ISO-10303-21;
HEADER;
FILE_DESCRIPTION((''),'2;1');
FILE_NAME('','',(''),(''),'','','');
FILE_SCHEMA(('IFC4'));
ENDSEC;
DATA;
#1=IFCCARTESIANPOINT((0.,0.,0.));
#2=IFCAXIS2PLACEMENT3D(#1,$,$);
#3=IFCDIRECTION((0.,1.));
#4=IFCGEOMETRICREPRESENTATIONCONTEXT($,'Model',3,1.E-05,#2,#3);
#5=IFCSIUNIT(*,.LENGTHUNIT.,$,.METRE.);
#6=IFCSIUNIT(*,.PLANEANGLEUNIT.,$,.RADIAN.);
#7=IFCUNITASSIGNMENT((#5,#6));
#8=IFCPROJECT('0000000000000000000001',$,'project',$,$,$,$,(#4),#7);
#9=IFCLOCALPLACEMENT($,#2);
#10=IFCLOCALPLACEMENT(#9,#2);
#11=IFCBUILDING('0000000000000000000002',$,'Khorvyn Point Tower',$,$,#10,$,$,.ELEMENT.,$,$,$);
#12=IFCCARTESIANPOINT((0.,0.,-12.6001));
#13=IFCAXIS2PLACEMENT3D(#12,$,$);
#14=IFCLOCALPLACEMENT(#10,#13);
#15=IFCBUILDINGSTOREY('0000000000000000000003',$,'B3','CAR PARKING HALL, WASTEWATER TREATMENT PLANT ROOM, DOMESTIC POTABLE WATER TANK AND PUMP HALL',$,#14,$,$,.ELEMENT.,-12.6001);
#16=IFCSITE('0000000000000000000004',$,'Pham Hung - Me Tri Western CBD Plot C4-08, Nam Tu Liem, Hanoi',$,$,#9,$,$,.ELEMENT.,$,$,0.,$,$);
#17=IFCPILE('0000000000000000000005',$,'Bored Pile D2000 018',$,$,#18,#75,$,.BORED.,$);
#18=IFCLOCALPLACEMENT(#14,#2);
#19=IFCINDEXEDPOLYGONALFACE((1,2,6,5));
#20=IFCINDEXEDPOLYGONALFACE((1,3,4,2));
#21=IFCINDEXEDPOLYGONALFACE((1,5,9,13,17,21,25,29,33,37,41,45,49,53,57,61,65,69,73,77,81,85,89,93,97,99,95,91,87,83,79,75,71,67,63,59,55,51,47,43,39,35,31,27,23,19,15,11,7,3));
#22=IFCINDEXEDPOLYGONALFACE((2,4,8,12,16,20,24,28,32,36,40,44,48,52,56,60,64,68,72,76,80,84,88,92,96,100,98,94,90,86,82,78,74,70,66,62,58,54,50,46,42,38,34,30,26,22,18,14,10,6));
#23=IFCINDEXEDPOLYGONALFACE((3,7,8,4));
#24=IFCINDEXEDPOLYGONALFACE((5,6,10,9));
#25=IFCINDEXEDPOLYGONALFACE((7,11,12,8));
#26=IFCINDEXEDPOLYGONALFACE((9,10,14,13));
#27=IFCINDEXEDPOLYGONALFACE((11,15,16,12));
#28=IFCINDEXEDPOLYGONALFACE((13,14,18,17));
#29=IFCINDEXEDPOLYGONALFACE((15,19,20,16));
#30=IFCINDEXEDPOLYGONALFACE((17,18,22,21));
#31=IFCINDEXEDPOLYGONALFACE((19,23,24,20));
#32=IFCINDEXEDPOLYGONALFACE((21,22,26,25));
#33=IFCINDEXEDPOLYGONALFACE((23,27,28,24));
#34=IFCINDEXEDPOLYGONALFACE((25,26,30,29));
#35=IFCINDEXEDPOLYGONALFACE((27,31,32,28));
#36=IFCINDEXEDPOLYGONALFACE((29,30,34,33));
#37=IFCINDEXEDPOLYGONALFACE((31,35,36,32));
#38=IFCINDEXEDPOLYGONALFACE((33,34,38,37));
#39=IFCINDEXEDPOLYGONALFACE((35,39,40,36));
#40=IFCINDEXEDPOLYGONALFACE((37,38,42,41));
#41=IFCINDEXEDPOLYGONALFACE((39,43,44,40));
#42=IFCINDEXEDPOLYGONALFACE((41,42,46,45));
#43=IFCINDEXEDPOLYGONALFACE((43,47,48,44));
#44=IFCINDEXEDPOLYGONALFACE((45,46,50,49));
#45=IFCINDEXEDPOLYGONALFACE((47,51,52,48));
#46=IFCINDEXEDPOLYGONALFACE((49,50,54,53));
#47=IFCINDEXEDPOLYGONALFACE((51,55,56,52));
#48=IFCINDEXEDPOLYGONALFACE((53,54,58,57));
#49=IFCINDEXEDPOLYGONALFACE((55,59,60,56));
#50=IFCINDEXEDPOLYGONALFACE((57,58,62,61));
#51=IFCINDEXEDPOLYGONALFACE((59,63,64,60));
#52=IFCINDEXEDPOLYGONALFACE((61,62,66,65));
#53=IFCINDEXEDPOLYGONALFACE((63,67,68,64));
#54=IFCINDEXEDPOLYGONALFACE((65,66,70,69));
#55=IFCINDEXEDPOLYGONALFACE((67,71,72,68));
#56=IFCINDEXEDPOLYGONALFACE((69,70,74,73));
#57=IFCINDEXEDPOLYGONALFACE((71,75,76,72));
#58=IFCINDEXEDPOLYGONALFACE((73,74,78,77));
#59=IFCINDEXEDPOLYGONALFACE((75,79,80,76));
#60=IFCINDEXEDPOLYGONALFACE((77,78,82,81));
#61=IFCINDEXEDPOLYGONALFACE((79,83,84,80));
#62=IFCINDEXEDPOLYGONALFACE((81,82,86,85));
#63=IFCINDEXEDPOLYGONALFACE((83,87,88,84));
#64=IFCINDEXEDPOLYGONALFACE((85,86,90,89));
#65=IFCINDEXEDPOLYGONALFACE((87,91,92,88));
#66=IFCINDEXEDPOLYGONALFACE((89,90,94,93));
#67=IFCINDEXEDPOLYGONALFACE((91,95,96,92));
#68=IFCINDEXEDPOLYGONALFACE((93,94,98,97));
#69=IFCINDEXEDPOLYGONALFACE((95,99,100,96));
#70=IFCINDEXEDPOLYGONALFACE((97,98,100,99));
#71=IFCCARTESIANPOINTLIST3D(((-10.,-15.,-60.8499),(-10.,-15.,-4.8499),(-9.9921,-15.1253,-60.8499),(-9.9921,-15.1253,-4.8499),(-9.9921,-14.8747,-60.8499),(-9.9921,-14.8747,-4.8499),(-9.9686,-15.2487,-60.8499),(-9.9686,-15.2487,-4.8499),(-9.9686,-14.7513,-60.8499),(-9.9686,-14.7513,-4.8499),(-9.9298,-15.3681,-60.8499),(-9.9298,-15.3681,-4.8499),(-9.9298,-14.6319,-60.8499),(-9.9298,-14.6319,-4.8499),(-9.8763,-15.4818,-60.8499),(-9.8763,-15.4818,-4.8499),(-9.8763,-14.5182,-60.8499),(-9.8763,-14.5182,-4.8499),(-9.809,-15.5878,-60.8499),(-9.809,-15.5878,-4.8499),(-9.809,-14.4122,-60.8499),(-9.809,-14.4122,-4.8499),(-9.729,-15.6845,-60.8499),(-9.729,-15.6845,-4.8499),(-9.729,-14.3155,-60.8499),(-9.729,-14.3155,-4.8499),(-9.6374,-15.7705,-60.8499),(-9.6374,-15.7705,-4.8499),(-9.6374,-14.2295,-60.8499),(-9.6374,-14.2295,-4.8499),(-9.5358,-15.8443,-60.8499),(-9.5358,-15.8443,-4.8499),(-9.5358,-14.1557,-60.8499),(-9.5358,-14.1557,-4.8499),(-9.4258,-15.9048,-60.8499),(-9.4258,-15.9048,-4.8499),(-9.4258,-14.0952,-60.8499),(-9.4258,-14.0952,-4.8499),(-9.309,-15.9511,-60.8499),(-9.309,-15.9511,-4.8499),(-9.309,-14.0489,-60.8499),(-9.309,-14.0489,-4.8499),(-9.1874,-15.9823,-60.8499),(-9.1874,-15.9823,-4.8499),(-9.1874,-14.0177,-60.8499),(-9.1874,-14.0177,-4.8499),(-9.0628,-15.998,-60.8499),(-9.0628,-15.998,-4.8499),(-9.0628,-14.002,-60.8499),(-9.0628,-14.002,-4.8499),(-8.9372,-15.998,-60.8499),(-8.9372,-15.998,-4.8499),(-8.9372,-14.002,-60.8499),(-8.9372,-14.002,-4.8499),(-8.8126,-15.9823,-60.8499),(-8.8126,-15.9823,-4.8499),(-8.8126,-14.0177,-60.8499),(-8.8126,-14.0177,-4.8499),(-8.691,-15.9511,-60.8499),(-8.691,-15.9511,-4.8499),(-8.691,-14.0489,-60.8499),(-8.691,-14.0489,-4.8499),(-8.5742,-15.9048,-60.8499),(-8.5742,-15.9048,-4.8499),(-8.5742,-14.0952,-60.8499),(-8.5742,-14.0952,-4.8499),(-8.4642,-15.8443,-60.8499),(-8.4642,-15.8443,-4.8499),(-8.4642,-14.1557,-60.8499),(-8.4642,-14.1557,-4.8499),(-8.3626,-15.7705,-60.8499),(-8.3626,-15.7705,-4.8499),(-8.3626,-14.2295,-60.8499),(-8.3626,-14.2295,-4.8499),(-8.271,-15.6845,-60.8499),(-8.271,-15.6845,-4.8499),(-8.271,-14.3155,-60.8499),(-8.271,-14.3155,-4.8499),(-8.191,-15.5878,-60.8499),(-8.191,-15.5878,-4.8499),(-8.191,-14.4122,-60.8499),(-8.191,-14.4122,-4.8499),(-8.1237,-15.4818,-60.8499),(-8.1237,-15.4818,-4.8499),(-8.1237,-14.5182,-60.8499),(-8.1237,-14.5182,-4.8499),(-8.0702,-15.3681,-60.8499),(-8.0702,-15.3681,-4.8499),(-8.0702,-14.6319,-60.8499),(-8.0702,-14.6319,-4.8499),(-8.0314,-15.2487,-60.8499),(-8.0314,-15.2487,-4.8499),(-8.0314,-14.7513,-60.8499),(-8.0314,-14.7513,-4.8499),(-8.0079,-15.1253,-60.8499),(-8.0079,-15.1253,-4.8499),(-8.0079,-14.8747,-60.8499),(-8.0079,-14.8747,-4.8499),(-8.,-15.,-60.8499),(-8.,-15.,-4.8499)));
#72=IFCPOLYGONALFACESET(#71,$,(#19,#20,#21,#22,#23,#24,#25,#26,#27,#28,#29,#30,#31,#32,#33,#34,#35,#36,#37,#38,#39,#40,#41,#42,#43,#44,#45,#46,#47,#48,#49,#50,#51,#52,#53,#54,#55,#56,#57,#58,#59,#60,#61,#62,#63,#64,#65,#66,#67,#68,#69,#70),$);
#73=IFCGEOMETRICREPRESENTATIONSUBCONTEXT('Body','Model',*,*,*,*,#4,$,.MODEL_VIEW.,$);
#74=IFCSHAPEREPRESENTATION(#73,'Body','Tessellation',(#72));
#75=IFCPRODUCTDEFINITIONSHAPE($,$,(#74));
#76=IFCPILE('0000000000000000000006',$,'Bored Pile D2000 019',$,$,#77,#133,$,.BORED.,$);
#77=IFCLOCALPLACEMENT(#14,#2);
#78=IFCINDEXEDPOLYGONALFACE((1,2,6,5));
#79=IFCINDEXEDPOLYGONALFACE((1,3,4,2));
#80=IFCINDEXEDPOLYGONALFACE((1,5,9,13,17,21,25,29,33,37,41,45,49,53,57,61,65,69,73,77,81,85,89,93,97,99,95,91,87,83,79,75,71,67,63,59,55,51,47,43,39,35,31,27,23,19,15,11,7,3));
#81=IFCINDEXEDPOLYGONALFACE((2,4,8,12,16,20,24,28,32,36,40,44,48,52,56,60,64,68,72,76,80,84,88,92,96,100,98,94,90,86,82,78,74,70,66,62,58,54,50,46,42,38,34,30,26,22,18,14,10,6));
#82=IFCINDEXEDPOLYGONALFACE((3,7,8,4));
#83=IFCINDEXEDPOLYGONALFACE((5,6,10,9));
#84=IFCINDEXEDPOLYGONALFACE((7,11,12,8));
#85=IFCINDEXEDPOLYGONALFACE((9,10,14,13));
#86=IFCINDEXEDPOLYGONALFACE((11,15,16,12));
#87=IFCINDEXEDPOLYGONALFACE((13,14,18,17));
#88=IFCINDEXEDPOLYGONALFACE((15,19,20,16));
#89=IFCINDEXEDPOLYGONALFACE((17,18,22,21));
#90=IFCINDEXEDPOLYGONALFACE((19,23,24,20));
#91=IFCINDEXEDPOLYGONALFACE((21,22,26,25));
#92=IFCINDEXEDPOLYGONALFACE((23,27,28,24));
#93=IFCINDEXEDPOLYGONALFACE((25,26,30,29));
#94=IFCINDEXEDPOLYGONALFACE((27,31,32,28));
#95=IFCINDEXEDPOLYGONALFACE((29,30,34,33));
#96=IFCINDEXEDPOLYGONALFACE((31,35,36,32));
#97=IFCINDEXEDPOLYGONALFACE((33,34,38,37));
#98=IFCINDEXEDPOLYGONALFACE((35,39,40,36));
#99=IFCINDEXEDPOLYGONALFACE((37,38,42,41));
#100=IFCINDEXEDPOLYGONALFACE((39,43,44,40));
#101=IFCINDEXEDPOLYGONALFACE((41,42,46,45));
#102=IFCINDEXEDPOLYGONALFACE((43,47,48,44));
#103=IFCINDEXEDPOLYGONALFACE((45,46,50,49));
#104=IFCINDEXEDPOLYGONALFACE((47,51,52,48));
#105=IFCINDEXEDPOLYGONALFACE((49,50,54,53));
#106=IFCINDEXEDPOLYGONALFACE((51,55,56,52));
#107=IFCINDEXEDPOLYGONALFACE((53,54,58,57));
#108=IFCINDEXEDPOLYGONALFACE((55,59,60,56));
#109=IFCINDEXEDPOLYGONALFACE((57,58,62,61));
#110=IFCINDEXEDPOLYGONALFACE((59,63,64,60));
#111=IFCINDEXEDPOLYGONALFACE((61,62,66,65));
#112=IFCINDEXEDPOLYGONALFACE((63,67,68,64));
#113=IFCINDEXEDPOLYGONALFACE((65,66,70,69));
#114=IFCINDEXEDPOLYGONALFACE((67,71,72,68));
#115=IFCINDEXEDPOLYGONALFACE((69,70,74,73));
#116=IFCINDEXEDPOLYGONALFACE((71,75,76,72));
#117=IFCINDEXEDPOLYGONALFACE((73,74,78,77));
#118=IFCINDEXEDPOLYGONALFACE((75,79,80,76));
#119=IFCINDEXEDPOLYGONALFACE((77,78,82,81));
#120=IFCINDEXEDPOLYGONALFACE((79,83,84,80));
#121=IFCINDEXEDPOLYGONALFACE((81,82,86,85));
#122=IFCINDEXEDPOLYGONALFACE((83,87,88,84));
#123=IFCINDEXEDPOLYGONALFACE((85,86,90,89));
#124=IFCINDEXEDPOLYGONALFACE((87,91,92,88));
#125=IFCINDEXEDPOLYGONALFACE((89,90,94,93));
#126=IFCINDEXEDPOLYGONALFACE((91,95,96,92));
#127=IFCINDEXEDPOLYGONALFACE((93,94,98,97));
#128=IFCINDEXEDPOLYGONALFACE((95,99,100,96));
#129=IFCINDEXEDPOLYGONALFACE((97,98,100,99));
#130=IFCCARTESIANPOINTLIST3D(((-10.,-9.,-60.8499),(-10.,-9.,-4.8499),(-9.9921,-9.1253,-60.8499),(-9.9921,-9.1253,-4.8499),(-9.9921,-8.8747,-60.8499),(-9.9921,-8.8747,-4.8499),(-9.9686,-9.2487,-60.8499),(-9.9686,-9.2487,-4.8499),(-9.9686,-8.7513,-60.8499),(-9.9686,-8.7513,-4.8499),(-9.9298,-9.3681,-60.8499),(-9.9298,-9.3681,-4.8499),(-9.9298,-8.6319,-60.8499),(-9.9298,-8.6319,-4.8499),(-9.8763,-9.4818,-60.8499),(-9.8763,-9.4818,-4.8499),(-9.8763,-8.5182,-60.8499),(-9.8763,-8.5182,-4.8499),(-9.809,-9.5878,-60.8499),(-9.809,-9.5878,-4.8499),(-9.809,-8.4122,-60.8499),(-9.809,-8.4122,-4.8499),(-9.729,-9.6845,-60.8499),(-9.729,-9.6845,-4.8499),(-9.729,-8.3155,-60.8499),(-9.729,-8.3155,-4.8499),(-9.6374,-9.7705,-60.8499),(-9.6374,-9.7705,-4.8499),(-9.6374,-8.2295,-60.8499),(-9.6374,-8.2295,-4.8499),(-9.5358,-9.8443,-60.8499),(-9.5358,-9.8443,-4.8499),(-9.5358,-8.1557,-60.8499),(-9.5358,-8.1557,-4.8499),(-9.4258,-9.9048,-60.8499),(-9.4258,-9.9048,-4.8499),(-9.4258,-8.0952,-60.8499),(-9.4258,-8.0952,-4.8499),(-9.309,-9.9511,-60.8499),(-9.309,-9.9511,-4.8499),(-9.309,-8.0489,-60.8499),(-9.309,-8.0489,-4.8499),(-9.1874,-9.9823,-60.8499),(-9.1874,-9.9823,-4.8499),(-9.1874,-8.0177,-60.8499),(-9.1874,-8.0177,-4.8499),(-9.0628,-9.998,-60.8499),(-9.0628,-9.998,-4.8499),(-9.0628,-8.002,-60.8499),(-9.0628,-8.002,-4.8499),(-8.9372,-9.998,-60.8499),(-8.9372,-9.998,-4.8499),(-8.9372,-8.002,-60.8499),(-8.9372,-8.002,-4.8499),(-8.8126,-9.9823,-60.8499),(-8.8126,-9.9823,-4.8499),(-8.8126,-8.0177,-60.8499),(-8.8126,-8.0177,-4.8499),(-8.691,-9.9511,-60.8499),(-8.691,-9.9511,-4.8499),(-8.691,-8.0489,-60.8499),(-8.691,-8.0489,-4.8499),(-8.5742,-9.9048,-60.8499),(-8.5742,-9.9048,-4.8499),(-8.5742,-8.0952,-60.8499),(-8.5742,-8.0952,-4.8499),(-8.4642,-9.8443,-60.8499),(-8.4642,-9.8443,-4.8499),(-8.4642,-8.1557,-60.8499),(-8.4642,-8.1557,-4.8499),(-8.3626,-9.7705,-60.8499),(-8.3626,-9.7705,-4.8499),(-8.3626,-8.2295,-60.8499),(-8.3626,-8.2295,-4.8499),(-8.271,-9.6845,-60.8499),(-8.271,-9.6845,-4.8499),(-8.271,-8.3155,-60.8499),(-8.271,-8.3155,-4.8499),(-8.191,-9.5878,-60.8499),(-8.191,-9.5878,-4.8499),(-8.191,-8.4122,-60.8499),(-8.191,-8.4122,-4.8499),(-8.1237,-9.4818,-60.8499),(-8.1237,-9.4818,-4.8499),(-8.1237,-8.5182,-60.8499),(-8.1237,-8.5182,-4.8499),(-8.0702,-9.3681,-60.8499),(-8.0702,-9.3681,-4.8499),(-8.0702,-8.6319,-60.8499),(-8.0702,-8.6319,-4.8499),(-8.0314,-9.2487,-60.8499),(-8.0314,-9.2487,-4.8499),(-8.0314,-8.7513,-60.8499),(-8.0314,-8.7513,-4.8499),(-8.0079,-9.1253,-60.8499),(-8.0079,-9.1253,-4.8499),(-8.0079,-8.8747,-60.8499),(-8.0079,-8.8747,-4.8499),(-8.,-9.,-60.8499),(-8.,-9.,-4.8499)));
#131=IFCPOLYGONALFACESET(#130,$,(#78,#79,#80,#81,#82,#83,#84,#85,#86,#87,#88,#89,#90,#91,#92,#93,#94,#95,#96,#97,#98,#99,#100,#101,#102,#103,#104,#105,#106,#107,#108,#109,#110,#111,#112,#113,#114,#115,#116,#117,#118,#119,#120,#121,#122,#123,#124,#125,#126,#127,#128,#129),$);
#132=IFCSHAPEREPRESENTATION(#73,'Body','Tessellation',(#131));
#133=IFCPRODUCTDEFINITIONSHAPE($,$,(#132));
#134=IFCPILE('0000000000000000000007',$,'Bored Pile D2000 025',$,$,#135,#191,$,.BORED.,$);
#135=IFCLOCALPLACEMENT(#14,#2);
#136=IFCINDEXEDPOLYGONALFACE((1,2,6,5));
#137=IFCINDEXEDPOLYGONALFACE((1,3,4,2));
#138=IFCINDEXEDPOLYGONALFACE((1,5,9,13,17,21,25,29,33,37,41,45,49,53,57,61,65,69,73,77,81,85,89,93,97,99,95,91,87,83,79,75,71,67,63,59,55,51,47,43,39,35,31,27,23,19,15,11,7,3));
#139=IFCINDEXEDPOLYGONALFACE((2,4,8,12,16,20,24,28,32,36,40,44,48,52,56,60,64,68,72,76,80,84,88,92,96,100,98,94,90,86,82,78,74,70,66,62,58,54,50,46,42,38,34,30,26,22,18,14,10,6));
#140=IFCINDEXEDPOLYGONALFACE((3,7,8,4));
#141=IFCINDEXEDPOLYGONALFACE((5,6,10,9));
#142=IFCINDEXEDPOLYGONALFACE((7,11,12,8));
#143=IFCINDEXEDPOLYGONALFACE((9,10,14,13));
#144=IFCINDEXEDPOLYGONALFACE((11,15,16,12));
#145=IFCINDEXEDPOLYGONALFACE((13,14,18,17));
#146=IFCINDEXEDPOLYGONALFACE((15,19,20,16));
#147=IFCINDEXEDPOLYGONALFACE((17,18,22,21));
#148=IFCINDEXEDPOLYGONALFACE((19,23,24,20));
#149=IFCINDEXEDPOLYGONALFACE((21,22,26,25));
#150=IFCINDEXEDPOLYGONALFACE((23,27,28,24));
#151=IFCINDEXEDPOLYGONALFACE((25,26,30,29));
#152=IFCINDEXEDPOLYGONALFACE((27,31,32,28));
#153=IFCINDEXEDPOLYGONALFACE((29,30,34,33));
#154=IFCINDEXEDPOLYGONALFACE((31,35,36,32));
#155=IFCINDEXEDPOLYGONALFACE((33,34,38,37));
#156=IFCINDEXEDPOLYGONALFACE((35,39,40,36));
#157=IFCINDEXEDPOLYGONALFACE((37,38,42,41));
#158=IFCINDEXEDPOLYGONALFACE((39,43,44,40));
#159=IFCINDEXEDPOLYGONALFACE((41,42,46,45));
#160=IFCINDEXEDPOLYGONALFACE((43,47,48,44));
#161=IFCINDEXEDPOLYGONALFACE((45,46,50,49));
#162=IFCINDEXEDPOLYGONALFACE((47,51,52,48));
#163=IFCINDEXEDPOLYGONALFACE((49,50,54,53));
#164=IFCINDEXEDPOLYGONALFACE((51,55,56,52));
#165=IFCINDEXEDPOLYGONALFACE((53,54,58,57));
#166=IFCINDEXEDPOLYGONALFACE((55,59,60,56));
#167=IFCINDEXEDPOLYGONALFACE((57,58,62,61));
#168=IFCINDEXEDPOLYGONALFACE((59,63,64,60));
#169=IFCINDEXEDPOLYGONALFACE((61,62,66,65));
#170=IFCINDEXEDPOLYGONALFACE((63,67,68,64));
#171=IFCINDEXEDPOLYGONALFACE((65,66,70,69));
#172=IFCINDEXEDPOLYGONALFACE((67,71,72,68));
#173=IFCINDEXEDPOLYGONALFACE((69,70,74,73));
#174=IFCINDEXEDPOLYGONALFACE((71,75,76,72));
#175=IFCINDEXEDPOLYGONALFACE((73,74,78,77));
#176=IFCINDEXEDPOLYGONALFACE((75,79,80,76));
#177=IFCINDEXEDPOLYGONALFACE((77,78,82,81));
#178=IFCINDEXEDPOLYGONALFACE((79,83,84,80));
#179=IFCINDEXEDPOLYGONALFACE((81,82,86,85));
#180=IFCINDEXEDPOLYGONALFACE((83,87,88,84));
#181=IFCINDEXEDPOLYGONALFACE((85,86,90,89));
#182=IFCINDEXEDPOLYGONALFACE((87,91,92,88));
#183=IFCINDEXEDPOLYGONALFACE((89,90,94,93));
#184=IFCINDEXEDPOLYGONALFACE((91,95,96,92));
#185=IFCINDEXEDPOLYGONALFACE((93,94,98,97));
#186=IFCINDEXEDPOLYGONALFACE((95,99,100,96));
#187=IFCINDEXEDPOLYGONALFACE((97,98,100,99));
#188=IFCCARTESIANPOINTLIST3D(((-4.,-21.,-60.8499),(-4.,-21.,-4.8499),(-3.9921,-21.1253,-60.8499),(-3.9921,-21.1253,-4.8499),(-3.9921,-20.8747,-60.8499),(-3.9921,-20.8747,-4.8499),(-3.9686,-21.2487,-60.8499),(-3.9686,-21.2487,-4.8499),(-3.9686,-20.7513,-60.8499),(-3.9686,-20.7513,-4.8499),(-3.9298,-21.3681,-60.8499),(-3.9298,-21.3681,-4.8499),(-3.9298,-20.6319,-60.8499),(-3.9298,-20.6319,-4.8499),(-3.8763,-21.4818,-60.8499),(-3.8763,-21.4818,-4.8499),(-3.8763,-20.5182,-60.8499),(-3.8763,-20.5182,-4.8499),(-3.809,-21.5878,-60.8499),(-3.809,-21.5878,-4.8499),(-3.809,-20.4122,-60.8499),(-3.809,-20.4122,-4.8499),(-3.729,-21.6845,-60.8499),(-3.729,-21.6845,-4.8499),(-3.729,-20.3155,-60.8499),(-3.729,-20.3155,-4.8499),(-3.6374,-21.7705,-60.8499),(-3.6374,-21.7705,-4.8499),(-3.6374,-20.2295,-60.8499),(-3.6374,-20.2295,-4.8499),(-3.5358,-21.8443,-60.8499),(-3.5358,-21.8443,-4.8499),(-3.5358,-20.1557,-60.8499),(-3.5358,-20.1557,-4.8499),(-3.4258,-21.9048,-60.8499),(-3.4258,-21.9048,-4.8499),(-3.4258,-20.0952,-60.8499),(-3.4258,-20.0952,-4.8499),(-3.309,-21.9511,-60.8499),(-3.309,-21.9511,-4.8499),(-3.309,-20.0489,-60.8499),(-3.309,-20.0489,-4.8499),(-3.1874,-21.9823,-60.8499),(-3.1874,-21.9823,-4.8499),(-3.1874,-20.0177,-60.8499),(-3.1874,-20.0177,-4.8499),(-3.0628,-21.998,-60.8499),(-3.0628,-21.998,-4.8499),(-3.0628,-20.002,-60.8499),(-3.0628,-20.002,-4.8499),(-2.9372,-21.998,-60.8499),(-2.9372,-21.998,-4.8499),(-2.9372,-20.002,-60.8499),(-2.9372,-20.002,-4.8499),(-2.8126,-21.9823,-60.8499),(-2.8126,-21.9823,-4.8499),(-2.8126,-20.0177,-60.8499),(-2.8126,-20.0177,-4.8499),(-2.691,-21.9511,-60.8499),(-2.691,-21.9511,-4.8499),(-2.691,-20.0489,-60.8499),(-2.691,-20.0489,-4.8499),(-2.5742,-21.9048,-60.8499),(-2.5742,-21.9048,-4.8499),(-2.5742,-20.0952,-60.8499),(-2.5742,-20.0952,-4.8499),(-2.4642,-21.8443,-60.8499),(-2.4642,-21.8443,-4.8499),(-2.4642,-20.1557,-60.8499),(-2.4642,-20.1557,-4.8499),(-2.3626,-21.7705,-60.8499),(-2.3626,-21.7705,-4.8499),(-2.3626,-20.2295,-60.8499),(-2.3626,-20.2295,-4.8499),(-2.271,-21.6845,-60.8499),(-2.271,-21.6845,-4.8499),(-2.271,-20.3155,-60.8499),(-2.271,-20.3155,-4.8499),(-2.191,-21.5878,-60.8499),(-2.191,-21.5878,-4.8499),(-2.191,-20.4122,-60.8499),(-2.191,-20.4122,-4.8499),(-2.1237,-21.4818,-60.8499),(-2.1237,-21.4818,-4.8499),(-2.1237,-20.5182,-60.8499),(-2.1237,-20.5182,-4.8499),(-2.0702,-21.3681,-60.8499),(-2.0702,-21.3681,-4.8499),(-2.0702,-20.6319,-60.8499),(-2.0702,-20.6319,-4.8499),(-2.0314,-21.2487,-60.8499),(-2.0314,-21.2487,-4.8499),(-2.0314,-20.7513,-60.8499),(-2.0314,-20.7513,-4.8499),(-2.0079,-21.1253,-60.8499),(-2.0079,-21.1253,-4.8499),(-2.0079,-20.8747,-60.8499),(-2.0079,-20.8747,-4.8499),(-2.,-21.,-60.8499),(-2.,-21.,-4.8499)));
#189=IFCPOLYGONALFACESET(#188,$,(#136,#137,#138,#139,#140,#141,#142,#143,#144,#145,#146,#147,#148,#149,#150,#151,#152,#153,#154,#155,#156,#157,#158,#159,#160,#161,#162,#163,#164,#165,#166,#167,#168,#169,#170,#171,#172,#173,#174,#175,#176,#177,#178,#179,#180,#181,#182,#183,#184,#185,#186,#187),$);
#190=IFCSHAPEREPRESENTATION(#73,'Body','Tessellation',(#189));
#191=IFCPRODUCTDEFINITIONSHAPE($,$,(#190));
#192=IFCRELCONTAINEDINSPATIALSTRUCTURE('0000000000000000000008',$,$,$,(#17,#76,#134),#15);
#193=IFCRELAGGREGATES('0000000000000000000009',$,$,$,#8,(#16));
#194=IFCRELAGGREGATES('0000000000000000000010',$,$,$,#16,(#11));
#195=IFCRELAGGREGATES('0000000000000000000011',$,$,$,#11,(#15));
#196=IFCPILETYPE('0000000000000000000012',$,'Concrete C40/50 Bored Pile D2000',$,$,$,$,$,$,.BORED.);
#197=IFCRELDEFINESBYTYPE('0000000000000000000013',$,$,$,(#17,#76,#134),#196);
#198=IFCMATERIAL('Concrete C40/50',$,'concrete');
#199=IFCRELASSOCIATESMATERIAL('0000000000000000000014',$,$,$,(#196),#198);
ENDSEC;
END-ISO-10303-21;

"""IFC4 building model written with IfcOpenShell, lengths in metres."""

from ifc_helpers import new_model, si_unit, direction, frame, origin, origin_2d, place, context, subcontext, project, spatial, circle, extrude, material, material_profile, profile_set, type_object, element, save


model = new_model("IFC4")

# Units and contexts
model_context = context("Model", 3, precision=1e-05, world=origin(), true_north=direction((0.0, 1.0)))
body_context = subcontext(model_context, "Body", "Model", "MODEL_VIEW")
ifc_project = project(units=[si_unit("LENGTHUNIT", "METRE"), si_unit("PLANEANGLEUNIT", "RADIAN")], contexts=[model_context])

# Site, building, storey
site_placement = place(None, origin())
site = spatial("IfcSite", under=ifc_project, at=site_placement, Name="Pham Hung - Me Tri Western CBD Plot C4-08, Nam Tu Liem, Hanoi", CompositionType="ELEMENT", RefElevation=0.0)
building_placement = place(site_placement, origin())
building = spatial("IfcBuilding", under=site, at=building_placement, Name="Khorvyn Point Tower", CompositionType="ELEMENT")
storey_placement = place(building_placement, frame((0.0, 0.0, -12.6001)))
storey = spatial("IfcBuildingStorey", under=building, at=storey_placement, Name="B3", Description="CAR PARKING HALL, WASTEWATER TREATMENT PLANT ROOM, DOMESTIC POTABLE WATER TANK AND PUMP HALL", CompositionType="ELEMENT", Elevation=-12.6001)

# Piles
ifc_material_1 = material(Name="Concrete C40/50", Category="concrete")
ifc_material_profile_1 = material_profile(ifc_material_1, circle(Radius=1.0, at=origin_2d()))
ifc_profile_set_1 = profile_set([ifc_material_profile_1], Name="Concrete C40/50 PILE-D2000")
pile_type_1 = type_object("IfcPileType", Name="Concrete C40/50 Bored Pile D2000", PredefinedType="BORED", material=ifc_profile_set_1)
for number, where, z_axis, x_axis, name in (
    (1, (-9.0, -15.0, -4.8499), (0.0, 0.0, -1.0), (1.0, 0.0, 0.0), "Bored Pile D2000 018"),
    (2, (-9.0, -9.0, -4.8499), (0.0, 0.0, -1.0), (1.0, 0.0, 0.0), "Bored Pile D2000 019"),
    (3, (-3.0, -21.0, -4.8499), (0.0, 0.0, -1.0), (1.0, 0.0, 0.0), "Bored Pile D2000 025"),
):
    element("IfcPile", number, at=place(storey_placement, frame(where, z_axis=z_axis, x_axis=x_axis)), inside=storey, type_object=pile_type_1, Name=name, PredefinedType="BORED", context=body_context, shape_type="SweptSolid", body=[
        extrude(circle(Radius=1.0, at=origin_2d()), origin(), (0.0, 0.0, 1.0), 56.0),
    ])

save(model, "model.ifc")
